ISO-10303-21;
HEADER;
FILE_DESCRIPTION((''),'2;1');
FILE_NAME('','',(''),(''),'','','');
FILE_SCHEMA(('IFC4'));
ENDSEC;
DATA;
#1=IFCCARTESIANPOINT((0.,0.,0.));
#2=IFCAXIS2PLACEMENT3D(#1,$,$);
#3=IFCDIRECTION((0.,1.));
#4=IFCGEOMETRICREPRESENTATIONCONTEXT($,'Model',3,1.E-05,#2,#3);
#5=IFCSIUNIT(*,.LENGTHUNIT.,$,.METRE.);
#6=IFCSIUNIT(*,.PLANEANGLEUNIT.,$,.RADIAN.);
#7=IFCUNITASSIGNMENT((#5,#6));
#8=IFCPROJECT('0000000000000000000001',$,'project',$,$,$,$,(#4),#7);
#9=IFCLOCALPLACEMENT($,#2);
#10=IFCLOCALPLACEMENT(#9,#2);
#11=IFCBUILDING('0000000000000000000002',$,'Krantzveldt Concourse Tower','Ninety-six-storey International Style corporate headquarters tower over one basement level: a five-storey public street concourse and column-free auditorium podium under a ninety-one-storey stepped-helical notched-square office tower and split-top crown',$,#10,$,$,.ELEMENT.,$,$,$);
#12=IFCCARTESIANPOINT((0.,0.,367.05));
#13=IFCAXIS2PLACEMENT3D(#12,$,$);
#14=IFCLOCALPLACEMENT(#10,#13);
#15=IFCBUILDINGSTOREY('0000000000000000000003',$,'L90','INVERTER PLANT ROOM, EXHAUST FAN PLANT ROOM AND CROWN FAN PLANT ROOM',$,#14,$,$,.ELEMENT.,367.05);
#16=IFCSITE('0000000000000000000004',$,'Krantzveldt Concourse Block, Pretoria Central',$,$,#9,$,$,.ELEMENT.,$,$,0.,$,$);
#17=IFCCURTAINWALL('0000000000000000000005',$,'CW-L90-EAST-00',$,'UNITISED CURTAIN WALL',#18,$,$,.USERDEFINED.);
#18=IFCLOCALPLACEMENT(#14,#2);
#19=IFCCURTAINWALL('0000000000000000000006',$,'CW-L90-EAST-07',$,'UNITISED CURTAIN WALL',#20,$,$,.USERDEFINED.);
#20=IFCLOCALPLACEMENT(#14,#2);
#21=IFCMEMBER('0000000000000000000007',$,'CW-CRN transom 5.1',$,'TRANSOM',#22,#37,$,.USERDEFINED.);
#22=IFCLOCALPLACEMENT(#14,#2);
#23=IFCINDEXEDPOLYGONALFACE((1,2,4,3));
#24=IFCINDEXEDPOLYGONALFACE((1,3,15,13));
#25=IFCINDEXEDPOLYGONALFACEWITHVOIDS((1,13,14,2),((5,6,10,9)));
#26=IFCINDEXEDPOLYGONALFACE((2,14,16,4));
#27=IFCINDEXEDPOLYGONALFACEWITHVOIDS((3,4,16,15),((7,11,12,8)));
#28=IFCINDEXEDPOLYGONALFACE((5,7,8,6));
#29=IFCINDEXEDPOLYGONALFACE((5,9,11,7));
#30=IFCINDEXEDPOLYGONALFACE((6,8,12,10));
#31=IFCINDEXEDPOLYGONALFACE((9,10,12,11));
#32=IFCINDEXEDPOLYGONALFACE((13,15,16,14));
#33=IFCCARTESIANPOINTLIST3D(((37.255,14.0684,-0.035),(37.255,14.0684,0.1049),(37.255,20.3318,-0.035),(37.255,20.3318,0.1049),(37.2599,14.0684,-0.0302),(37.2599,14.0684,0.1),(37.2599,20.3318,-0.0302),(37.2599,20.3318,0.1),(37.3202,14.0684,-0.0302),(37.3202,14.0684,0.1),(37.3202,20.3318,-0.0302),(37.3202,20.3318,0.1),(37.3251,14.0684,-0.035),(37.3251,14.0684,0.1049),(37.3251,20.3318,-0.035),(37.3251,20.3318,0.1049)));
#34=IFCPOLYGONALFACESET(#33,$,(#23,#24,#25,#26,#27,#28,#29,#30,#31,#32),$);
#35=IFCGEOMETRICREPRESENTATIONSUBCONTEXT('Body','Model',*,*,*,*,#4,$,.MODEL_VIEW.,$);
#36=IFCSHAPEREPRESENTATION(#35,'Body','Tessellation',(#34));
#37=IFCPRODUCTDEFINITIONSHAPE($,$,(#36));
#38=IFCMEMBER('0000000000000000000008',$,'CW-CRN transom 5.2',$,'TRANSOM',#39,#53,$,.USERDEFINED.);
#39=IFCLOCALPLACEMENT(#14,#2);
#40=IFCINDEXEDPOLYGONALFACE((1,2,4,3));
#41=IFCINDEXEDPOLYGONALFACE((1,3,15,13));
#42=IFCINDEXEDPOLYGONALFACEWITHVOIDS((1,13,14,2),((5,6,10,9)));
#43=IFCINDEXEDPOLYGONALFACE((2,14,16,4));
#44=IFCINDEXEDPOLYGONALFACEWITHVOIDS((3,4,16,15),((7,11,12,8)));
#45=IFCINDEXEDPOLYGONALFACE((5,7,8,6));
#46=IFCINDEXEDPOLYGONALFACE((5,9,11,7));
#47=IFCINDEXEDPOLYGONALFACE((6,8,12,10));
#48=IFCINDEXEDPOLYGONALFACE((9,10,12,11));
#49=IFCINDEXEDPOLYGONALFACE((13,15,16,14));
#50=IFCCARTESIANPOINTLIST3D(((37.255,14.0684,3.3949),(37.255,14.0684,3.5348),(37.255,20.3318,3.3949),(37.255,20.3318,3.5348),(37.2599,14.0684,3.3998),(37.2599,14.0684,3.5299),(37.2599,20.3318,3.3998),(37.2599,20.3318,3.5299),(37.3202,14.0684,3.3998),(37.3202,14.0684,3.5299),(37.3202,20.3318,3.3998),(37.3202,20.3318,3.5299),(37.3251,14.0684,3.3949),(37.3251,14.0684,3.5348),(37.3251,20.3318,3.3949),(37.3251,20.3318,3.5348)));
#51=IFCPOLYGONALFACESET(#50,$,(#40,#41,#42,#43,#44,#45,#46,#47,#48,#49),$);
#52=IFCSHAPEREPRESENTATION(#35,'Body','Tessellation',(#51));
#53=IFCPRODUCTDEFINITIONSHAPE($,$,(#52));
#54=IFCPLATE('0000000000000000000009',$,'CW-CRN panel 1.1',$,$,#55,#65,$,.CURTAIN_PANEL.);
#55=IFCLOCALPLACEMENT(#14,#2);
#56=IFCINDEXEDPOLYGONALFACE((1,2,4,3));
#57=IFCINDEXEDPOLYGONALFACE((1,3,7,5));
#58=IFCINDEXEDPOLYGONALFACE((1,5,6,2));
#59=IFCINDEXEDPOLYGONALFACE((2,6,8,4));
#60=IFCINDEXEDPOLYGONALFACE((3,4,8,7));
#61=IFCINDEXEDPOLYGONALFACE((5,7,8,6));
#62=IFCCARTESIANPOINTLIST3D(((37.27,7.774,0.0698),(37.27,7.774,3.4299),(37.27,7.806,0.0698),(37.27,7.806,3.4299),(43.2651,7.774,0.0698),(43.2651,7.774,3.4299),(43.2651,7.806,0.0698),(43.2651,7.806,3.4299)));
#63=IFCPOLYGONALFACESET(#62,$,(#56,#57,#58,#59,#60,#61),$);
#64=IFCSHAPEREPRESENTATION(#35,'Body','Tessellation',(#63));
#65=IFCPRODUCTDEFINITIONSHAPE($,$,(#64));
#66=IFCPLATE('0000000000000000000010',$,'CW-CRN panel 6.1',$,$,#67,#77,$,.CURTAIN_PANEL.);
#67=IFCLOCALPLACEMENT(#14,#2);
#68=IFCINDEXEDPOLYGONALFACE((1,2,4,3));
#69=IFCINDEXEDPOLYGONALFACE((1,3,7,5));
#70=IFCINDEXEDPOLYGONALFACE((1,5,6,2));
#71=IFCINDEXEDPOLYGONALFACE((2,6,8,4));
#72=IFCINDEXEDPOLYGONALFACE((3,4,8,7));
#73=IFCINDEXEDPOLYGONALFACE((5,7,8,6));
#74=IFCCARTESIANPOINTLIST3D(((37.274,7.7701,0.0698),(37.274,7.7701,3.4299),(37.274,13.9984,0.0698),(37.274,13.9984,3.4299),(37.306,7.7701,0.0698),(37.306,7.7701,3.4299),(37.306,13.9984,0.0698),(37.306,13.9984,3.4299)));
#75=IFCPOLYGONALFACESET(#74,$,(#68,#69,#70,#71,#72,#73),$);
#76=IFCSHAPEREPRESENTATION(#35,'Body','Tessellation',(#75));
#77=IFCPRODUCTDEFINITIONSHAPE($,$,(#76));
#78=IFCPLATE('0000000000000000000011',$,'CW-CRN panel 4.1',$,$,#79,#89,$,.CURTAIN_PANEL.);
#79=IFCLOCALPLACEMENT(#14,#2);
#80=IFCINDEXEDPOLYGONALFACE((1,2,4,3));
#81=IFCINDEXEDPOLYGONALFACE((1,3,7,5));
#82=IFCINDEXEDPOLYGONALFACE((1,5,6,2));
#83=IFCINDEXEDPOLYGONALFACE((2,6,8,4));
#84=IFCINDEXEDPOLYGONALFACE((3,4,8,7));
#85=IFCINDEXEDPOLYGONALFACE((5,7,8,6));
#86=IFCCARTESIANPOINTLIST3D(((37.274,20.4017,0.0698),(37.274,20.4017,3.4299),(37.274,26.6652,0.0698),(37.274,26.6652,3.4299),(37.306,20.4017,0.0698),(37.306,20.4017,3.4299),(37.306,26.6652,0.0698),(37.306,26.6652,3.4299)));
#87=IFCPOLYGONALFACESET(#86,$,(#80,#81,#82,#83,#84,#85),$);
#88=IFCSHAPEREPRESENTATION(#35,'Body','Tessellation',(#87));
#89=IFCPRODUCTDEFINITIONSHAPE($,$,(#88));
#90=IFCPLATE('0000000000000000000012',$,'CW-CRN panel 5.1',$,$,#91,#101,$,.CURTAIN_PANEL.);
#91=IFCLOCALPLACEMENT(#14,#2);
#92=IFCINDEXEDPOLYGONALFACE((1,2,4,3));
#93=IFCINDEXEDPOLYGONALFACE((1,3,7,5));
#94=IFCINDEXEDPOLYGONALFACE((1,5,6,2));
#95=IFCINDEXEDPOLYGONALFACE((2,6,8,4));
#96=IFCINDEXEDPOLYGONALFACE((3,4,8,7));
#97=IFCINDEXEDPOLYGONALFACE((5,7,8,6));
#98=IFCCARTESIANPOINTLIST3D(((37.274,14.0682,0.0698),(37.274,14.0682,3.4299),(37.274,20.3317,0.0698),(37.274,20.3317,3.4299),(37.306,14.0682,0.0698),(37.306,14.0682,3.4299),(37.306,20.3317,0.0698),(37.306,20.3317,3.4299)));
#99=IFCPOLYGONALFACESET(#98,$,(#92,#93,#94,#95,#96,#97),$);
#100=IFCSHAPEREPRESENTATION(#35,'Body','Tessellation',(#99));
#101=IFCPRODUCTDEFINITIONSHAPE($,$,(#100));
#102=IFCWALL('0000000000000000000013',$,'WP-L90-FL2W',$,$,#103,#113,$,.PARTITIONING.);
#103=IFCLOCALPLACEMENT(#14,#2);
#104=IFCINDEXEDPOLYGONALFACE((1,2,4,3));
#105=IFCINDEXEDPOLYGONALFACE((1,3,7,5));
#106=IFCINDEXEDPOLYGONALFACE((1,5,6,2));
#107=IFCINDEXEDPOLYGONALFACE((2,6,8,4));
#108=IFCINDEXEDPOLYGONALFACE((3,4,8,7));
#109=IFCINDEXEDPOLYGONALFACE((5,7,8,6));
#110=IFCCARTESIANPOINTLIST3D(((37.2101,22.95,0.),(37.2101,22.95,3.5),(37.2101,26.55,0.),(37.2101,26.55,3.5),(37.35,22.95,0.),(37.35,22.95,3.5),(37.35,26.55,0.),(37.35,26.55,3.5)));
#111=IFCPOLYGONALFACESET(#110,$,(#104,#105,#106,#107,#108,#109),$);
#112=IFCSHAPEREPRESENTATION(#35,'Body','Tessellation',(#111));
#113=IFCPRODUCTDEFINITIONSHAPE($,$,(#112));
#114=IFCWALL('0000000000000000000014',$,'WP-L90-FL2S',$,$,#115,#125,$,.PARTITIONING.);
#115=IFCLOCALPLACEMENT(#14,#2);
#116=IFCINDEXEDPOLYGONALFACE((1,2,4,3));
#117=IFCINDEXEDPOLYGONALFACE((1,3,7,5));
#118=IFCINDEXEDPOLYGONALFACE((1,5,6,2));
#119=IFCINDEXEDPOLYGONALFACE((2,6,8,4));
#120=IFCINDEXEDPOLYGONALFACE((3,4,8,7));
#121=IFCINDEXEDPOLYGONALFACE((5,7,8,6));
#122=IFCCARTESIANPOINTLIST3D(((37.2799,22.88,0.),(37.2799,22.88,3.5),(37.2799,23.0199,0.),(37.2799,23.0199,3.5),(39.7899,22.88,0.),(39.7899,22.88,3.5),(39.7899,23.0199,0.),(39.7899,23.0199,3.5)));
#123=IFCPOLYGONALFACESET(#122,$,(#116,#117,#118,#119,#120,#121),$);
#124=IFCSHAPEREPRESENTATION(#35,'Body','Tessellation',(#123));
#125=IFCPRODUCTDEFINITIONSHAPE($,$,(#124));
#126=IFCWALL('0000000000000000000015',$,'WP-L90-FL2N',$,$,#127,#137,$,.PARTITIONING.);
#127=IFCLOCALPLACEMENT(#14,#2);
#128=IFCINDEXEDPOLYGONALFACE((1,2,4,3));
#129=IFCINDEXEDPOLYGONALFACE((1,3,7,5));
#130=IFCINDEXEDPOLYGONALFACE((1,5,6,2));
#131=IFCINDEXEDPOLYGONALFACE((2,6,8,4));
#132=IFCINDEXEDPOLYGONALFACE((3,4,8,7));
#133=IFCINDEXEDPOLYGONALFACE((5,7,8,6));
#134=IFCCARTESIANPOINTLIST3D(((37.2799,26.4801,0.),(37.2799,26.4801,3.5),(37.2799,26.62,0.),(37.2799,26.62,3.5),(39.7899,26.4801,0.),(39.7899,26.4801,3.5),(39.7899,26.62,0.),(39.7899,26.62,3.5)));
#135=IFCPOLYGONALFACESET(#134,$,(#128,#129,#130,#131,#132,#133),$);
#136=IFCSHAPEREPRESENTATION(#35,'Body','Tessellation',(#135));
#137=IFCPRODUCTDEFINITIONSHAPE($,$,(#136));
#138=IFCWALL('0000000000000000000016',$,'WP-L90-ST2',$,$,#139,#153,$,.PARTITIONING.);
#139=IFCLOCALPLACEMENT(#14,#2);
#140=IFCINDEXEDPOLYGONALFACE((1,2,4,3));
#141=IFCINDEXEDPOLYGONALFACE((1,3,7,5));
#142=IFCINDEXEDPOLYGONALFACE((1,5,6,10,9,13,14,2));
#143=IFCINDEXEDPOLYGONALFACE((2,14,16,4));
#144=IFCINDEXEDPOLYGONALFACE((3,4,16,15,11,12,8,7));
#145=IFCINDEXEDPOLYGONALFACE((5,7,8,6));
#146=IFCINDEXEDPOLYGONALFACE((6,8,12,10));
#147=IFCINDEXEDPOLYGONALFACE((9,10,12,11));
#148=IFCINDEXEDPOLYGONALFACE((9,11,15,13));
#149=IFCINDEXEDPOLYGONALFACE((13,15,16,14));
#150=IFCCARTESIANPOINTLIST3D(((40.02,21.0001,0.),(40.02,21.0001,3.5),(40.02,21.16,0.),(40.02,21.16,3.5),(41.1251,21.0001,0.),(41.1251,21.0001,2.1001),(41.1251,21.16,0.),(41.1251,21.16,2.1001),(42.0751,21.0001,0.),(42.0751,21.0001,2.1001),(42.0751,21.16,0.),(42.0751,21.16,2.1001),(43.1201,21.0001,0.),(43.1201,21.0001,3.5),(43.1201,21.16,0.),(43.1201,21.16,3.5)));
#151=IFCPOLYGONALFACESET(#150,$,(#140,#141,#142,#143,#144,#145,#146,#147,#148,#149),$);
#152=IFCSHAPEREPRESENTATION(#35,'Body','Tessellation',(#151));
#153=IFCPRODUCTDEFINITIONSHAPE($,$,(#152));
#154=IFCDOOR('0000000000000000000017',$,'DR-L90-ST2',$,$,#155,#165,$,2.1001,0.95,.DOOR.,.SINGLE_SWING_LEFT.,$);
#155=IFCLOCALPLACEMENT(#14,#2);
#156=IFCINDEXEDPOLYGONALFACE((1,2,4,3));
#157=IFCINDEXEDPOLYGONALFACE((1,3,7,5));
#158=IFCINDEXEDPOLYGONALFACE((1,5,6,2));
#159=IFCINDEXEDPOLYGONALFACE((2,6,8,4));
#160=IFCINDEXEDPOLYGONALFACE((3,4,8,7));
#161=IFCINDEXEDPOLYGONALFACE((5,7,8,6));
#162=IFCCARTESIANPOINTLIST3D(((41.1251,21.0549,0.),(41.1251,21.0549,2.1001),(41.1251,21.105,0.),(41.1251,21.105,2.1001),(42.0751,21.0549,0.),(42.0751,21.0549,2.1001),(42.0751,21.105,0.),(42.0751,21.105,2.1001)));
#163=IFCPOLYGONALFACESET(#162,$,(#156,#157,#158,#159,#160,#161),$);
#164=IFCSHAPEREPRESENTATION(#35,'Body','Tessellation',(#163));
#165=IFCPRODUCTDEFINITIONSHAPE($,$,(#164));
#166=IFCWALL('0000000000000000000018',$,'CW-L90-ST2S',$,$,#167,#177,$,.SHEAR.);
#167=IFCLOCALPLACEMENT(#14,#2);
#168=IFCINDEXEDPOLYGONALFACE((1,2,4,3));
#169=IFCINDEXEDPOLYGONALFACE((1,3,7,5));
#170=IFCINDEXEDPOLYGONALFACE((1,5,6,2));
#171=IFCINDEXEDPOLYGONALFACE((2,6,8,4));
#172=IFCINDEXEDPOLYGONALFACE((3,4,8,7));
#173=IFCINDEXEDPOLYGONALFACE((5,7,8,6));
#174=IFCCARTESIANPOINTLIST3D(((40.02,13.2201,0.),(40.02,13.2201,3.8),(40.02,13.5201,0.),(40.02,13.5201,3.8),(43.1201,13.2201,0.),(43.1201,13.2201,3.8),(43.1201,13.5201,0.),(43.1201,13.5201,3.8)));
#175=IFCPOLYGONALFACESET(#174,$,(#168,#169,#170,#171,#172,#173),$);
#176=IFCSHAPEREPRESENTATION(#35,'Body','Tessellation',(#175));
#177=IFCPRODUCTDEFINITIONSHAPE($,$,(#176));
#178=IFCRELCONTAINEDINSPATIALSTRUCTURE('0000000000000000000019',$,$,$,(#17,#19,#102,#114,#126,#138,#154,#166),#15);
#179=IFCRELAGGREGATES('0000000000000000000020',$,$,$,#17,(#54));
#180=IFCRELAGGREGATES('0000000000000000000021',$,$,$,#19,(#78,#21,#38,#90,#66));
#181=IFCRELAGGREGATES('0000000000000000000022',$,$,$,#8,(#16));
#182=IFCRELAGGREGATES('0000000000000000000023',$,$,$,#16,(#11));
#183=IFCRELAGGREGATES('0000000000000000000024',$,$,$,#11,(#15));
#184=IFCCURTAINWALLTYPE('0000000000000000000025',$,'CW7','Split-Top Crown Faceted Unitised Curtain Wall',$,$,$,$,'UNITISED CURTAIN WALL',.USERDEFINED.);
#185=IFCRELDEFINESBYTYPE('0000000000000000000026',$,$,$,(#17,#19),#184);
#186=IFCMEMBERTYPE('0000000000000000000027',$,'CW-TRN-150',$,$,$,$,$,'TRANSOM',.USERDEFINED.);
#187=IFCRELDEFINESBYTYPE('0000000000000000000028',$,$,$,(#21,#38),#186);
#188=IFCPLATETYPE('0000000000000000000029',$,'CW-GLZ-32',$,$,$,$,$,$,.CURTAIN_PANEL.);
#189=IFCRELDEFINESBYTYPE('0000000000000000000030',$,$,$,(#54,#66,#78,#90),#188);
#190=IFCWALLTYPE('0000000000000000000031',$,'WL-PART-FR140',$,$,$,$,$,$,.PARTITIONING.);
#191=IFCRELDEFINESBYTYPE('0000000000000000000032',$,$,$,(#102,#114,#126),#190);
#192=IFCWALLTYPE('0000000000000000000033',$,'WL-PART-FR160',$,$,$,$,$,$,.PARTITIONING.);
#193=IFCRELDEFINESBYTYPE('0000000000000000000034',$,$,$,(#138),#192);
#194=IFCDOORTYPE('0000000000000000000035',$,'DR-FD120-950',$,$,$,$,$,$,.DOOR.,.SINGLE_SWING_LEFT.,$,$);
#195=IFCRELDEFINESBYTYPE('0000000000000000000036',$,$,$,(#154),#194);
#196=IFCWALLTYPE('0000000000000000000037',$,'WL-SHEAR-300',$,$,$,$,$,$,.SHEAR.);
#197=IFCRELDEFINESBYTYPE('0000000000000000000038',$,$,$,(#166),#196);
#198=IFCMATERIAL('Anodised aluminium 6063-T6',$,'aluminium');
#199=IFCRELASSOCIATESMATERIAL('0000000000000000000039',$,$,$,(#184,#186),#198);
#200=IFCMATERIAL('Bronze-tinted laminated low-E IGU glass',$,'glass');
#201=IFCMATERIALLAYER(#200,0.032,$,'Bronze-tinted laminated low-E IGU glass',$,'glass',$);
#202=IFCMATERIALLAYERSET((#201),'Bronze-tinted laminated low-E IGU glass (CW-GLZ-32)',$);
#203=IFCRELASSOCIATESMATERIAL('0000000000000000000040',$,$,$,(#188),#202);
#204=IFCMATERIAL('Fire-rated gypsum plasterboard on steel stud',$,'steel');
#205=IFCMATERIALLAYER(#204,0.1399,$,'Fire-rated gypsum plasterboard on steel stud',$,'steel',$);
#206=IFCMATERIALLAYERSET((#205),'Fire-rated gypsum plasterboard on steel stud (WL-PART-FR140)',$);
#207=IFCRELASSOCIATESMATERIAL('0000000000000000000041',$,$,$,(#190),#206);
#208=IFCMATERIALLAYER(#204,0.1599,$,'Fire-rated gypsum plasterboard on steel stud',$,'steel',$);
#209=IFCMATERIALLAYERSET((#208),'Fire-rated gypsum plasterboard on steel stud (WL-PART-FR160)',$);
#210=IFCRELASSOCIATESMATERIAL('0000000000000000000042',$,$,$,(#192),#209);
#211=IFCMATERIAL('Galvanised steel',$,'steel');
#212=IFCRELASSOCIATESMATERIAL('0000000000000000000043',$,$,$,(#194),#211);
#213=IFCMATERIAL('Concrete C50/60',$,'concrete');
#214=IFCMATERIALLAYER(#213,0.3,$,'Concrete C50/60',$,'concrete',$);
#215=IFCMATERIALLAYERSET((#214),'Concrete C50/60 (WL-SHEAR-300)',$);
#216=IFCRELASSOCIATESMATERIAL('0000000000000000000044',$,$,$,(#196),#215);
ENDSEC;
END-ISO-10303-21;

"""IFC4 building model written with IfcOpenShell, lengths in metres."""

from ifc_helpers import new_model, si_unit, direction, frame, frame_2d, origin, origin_2d, place, context, subcontext, project, spatial, rectangle, hollow_rectangle, extrude, source, transform, mapped, material, layer, layer_set, material_profile, profile_set, type_object, type_shapes, element, fill, aggregate, save


model = new_model("IFC4")

# Units and contexts
model_context = context("Model", 3, precision=1e-05, world=origin(), true_north=direction((0.0, 1.0)))
body_context = subcontext(model_context, "Body", "Model", "MODEL_VIEW")
ifc_project = project(units=[si_unit("LENGTHUNIT", "METRE"), si_unit("PLANEANGLEUNIT", "RADIAN")], contexts=[model_context])

# Site, building, storey
site_placement = place(None, origin())
site = spatial("IfcSite", under=ifc_project, at=site_placement, Name="Krantzveldt Concourse Block, Pretoria Central", CompositionType="ELEMENT", RefElevation=0.0)
building_placement = place(site_placement, origin())
building = spatial("IfcBuilding", under=site, at=building_placement, Name="Krantzveldt Concourse Tower", Description="Ninety-six-storey International Style corporate headquarters tower over one basement level: a five-storey public street concourse and column-free auditorium podium under a ninety-one-storey stepped-helical notched-square office tower and split-top crown", CompositionType="ELEMENT")
storey_placement = place(building_placement, frame((0.0, 0.0, 367.05)))
storey = spatial("IfcBuildingStorey", under=building, at=storey_placement, Name="L90", Description="INVERTER PLANT ROOM, EXHAUST FAN PLANT ROOM AND CROWN FAN PLANT ROOM", CompositionType="ELEMENT", Elevation=367.05)

# Curtain wall
ifc_material_1 = material(Name="Anodised aluminium 6063-T6", Category="aluminium")
curtain_wall_type = type_object("IfcCurtainWallType", Name="CW7", Description="Split-Top Crown Faceted Unitised Curtain Wall", ElementType="UNITISED CURTAIN WALL", PredefinedType="USERDEFINED", material=ifc_material_1)
curtain_wall_1_placement = place(storey_placement, origin())
curtain_wall_1 = element("IfcCurtainWall", 1, at=curtain_wall_1_placement, inside=storey, type_object=curtain_wall_type, Name="CW-L90-EAST-00", ObjectType="UNITISED CURTAIN WALL", PredefinedType="USERDEFINED")

# Curtain wall
curtain_wall_2_placement = place(storey_placement, origin())
curtain_wall_2 = element("IfcCurtainWall", 2, at=curtain_wall_2_placement, inside=storey, type_object=curtain_wall_type, Name="CW-L90-EAST-07", ObjectType="UNITISED CURTAIN WALL", PredefinedType="USERDEFINED")

# Members
ifc_material_profile_1 = material_profile(ifc_material_1, hollow_rectangle(XDim=0.0701, YDim=0.1399, WallThickness=0.0049, at=origin_2d()), Name="Anodised aluminium 6063-T6", Category="aluminium")
ifc_profile_set_1 = profile_set([ifc_material_profile_1], Name="Anodised aluminium 6063-T6 - ALU-TRAN 140x70x5")
member_type_1 = type_object("IfcMemberType", Name="CW-TRN-150", ElementType="TRANSOM", PredefinedType="USERDEFINED", material=ifc_profile_set_1)
shared_shape_1 = source(origin(), body_context, "Body", "SweptSolid", [
    extrude(hollow_rectangle(XDim=0.0701, YDim=0.1399, WallThickness=0.0049, at=origin_2d()), origin(), (0.0, 0.0, 1.0), 6.2634),
])
member_1_placement = place(storey_placement, frame((37.29, 20.3318, 0.0349), z_axis=(0.0, -1.0, 0.0), x_axis=(1.0, 0.0, 0.0)))
member_1 = element("IfcMember", 3, at=member_1_placement, type_object=member_type_1, Name="CW-CRN transom 5.1", ObjectType="TRANSOM", PredefinedType="USERDEFINED", context=body_context, shape_type="MappedRepresentation", body=[
    mapped(shared_shape_1, transform((0.0, 0.0, 0.0), x_axis=(1.0, 0.0, 0.0), y_axis=(0.0, 1.0, 0.0), z_axis=(0.0, 0.0, 1.0), scale=1.0)),
])
member_2_placement = place(storey_placement, frame((37.29, 20.3318, 3.4648), z_axis=(0.0, -1.0, 0.0), x_axis=(1.0, 0.0, 0.0)))
member_2 = element("IfcMember", 4, at=member_2_placement, type_object=member_type_1, Name="CW-CRN transom 5.2", ObjectType="TRANSOM", PredefinedType="USERDEFINED", context=body_context, shape_type="MappedRepresentation", body=[
    mapped(shared_shape_1, transform((0.0, 0.0, 0.0), x_axis=(1.0, 0.0, 0.0), y_axis=(0.0, 1.0, 0.0), z_axis=(0.0, 0.0, 1.0), scale=1.0)),
])

# Plates
ifc_material_2 = material(Name="Bronze-tinted laminated low-E IGU glass", Category="glass")
ifc_layer_1 = layer(ifc_material_2, 0.032, Name="Bronze-tinted laminated low-E IGU glass", Category="glass")
ifc_layer_set_1 = layer_set([ifc_layer_1], Name="Bronze-tinted laminated low-E IGU glass (CW-GLZ-32)")
plate_type = type_object("IfcPlateType", Name="CW-GLZ-32", PredefinedType="CURTAIN_PANEL", material=ifc_layer_set_1)
shared_shape_2 = source(origin(), body_context, "Body", "SweptSolid", [
    extrude(rectangle(XDim=5.9951, YDim=0.032, at=origin_2d()), origin(), (0.0, 0.0, 1.0), 3.3601),
])
plate_1_placement = place(storey_placement, frame((40.2676, 7.79, 0.0698), z_axis=(0.0, 0.0, 1.0), x_axis=(1.0, 0.0, 0.0)))
plate_1 = element("IfcPlate", 5, at=plate_1_placement, type_object=plate_type, Name="CW-CRN panel 1.1", PredefinedType="CURTAIN_PANEL", context=body_context, shape_type="MappedRepresentation", body=[
    mapped(shared_shape_2, transform((0.0, 0.0, 0.0), x_axis=(1.0, 0.0, 0.0), y_axis=(0.0, 1.0, 0.0), z_axis=(0.0, 0.0, 1.0), scale=1.0)),
])
aggregate(curtain_wall_1, [plate_1])
shared_shape_3 = source(origin(), body_context, "Body", "SweptSolid", [
    extrude(rectangle(XDim=6.2283, YDim=0.032, at=origin_2d()), origin(), (0.0, 0.0, 1.0), 3.3601),
])
plate_2_placement = place(storey_placement, frame((37.29, 10.8843, 0.0698), z_axis=(0.0, 0.0, 1.0), x_axis=(0.0, -1.0, 0.0)))
plate_2 = element("IfcPlate", 6, at=plate_2_placement, type_object=plate_type, Name="CW-CRN panel 6.1", PredefinedType="CURTAIN_PANEL", context=body_context, shape_type="MappedRepresentation", body=[
    mapped(shared_shape_3, transform((0.0, 0.0, 0.0), x_axis=(1.0, 0.0, 0.0), y_axis=(0.0, 1.0, 0.0), z_axis=(0.0, 0.0, 1.0), scale=1.0)),
])
shared_shape_4 = source(origin(), body_context, "Body", "SweptSolid", [
    extrude(rectangle(XDim=6.2634, YDim=0.032, at=origin_2d()), origin(), (0.0, 0.0, 1.0), 3.3601),
])
type_shapes(plate_type, [shared_shape_2, shared_shape_3, shared_shape_4])
plate_3_placement = place(storey_placement, frame((37.29, 23.5334, 0.0698), z_axis=(0.0, 0.0, 1.0), x_axis=(0.0, -1.0, 0.0)))
plate_3 = element("IfcPlate", 7, at=plate_3_placement, type_object=plate_type, Name="CW-CRN panel 4.1", PredefinedType="CURTAIN_PANEL", context=body_context, shape_type="MappedRepresentation", body=[
    mapped(shared_shape_4, transform((0.0, 0.0, 0.0), x_axis=(1.0, 0.0, 0.0), y_axis=(0.0, 1.0, 0.0), z_axis=(0.0, 0.0, 1.0), scale=1.0)),
])
plate_4_placement = place(storey_placement, frame((37.29, 17.2, 0.0698), z_axis=(0.0, 0.0, 1.0), x_axis=(0.0, -1.0, 0.0)))
plate_4 = element("IfcPlate", 8, at=plate_4_placement, type_object=plate_type, Name="CW-CRN panel 5.1", PredefinedType="CURTAIN_PANEL", context=body_context, shape_type="MappedRepresentation", body=[
    mapped(shared_shape_4, transform((0.0, 0.0, 0.0), x_axis=(1.0, 0.0, 0.0), y_axis=(0.0, 1.0, 0.0), z_axis=(0.0, 0.0, 1.0), scale=1.0)),
])
aggregate(curtain_wall_2, [plate_3, member_1, member_2, plate_4, plate_2])

# Walls
ifc_material_3 = material(Name="Fire-rated gypsum plasterboard on steel stud", Category="steel")
ifc_layer_2 = layer(ifc_material_3, 0.1399, Name="Fire-rated gypsum plasterboard on steel stud", Category="steel")
ifc_layer_set_2 = layer_set([ifc_layer_2], Name="Fire-rated gypsum plasterboard on steel stud (WL-PART-FR140)")
wall_type_1 = type_object("IfcWallType", Name="WL-PART-FR140", PredefinedType="PARTITIONING", material=ifc_layer_set_2)
wall_1_placement = place(storey_placement, frame((37.28, 22.95, 0.0), z_axis=(0.0, 0.0, 1.0), x_axis=(0.0, 1.0, 0.0)))
element("IfcWall", 9, at=wall_1_placement, inside=storey, type_object=wall_type_1, Name="WP-L90-FL2W", PredefinedType="PARTITIONING", context=body_context, shape_type="SweptSolid", body=[
    extrude(rectangle(XDim=3.6001, YDim=0.1399, at=frame_2d((1.8, 0.0))), origin(), (0.0, 0.0, 1.0), 3.5),
])
for number, where, z_axis, x_axis, name in (
    (10, (37.28, 22.95, 0.0), (0.0, 0.0, 1.0), (1.0, 0.0, 0.0), "WP-L90-FL2S"),
    (11, (37.28, 26.55, 0.0), (0.0, 0.0, 1.0), (1.0, 0.0, 0.0), "WP-L90-FL2N"),
):
    element("IfcWall", number, at=place(storey_placement, frame(where, z_axis=z_axis, x_axis=x_axis)), inside=storey, type_object=wall_type_1, Name=name, PredefinedType="PARTITIONING", context=body_context, shape_type="SweptSolid", body=[
        extrude(rectangle(XDim=2.51, YDim=0.1399, at=frame_2d((1.2549, 0.0))), origin(), (0.0, 0.0, 1.0), 3.5),
    ])

# Wall, opening, door
ifc_layer_3 = layer(ifc_material_3, 0.1599, Name="Fire-rated gypsum plasterboard on steel stud", Category="steel")
ifc_layer_set_3 = layer_set([ifc_layer_3], Name="Fire-rated gypsum plasterboard on steel stud (WL-PART-FR160)")
wall_type_2 = type_object("IfcWallType", Name="WL-PART-FR160", PredefinedType="PARTITIONING", material=ifc_layer_set_3)
wall_2_placement = place(storey_placement, frame((40.02, 21.0801, 0.0), z_axis=(0.0, 0.0, 1.0), x_axis=(1.0, 0.0, 0.0)))
wall_2 = element("IfcWall", 12, at=wall_2_placement, inside=storey, type_object=wall_type_2, Name="WP-L90-ST2", PredefinedType="PARTITIONING", context=body_context, shape_type="SweptSolid", body=[
    extrude(rectangle(XDim=3.1001, YDim=0.1599, at=frame_2d((1.55, 0.0))), origin(), (0.0, 0.0, 1.0), 3.5),
])
opening_1_placement = place(wall_2_placement, frame((1.105, 0.0, 0.0)))
opening_1 = element("IfcOpeningElement", 13, at=opening_1_placement, cuts=wall_2, PredefinedType="OPENING", context=body_context, shape_type="SweptSolid", body=[
    extrude(rectangle(XDim=0.95, YDim=2.1001, at=frame_2d((0.4751, 1.05))), frame((0.0, 0.0898, 0.0), z_axis=(0.0, -1.0, 0.0), x_axis=(1.0, 0.0, 0.0)), (0.0, 0.0, 1.0), 0.1799),
])
ifc_material_4 = material(Name="Galvanised steel", Category="steel")
door_type_1 = type_object("IfcDoorType", Name="DR-FD120-950", OperationType="SINGLE_SWING_LEFT", PredefinedType="DOOR", material=ifc_material_4)
door_1_placement = place(opening_1_placement, origin())
door_1 = element("IfcDoor", 14, at=door_1_placement, inside=storey, type_object=door_type_1, Name="DR-L90-ST2", OperationType="SINGLE_SWING_LEFT", OverallHeight=2.1001, OverallWidth=0.95, PredefinedType="DOOR", context=body_context, shape_type="SweptSolid", body=[
    extrude(rectangle(XDim=0.95, YDim=2.1001, at=frame_2d((0.4751, 1.05))), frame((0.0, 0.0249, 0.0), z_axis=(0.0, -1.0, 0.0), x_axis=(1.0, 0.0, 0.0)), (0.0, 0.0, 1.0), 0.05),
])
fill(opening_1, door_1)

# Wall
ifc_material_5 = material(Name="Concrete C50/60", Category="concrete")
ifc_layer_4 = layer(ifc_material_5, 0.3, Name="Concrete C50/60", Category="concrete")
ifc_layer_set_4 = layer_set([ifc_layer_4], Name="Concrete C50/60 (WL-SHEAR-300)")
wall_type_3 = type_object("IfcWallType", Name="WL-SHEAR-300", PredefinedType="SHEAR", material=ifc_layer_set_4)
wall_3_placement = place(storey_placement, frame((40.02, 13.3701, 0.0), z_axis=(0.0, 0.0, 1.0), x_axis=(1.0, 0.0, 0.0)))
element("IfcWall", 15, at=wall_3_placement, inside=storey, type_object=wall_type_3, Name="CW-L90-ST2S", PredefinedType="SHEAR", context=body_context, shape_type="SweptSolid", body=[
    extrude(rectangle(XDim=3.1001, YDim=0.3, at=frame_2d((1.55, 0.0))), origin(), (0.0, 0.0, 1.0), 3.8),
])

save(model, "model.ifc")
